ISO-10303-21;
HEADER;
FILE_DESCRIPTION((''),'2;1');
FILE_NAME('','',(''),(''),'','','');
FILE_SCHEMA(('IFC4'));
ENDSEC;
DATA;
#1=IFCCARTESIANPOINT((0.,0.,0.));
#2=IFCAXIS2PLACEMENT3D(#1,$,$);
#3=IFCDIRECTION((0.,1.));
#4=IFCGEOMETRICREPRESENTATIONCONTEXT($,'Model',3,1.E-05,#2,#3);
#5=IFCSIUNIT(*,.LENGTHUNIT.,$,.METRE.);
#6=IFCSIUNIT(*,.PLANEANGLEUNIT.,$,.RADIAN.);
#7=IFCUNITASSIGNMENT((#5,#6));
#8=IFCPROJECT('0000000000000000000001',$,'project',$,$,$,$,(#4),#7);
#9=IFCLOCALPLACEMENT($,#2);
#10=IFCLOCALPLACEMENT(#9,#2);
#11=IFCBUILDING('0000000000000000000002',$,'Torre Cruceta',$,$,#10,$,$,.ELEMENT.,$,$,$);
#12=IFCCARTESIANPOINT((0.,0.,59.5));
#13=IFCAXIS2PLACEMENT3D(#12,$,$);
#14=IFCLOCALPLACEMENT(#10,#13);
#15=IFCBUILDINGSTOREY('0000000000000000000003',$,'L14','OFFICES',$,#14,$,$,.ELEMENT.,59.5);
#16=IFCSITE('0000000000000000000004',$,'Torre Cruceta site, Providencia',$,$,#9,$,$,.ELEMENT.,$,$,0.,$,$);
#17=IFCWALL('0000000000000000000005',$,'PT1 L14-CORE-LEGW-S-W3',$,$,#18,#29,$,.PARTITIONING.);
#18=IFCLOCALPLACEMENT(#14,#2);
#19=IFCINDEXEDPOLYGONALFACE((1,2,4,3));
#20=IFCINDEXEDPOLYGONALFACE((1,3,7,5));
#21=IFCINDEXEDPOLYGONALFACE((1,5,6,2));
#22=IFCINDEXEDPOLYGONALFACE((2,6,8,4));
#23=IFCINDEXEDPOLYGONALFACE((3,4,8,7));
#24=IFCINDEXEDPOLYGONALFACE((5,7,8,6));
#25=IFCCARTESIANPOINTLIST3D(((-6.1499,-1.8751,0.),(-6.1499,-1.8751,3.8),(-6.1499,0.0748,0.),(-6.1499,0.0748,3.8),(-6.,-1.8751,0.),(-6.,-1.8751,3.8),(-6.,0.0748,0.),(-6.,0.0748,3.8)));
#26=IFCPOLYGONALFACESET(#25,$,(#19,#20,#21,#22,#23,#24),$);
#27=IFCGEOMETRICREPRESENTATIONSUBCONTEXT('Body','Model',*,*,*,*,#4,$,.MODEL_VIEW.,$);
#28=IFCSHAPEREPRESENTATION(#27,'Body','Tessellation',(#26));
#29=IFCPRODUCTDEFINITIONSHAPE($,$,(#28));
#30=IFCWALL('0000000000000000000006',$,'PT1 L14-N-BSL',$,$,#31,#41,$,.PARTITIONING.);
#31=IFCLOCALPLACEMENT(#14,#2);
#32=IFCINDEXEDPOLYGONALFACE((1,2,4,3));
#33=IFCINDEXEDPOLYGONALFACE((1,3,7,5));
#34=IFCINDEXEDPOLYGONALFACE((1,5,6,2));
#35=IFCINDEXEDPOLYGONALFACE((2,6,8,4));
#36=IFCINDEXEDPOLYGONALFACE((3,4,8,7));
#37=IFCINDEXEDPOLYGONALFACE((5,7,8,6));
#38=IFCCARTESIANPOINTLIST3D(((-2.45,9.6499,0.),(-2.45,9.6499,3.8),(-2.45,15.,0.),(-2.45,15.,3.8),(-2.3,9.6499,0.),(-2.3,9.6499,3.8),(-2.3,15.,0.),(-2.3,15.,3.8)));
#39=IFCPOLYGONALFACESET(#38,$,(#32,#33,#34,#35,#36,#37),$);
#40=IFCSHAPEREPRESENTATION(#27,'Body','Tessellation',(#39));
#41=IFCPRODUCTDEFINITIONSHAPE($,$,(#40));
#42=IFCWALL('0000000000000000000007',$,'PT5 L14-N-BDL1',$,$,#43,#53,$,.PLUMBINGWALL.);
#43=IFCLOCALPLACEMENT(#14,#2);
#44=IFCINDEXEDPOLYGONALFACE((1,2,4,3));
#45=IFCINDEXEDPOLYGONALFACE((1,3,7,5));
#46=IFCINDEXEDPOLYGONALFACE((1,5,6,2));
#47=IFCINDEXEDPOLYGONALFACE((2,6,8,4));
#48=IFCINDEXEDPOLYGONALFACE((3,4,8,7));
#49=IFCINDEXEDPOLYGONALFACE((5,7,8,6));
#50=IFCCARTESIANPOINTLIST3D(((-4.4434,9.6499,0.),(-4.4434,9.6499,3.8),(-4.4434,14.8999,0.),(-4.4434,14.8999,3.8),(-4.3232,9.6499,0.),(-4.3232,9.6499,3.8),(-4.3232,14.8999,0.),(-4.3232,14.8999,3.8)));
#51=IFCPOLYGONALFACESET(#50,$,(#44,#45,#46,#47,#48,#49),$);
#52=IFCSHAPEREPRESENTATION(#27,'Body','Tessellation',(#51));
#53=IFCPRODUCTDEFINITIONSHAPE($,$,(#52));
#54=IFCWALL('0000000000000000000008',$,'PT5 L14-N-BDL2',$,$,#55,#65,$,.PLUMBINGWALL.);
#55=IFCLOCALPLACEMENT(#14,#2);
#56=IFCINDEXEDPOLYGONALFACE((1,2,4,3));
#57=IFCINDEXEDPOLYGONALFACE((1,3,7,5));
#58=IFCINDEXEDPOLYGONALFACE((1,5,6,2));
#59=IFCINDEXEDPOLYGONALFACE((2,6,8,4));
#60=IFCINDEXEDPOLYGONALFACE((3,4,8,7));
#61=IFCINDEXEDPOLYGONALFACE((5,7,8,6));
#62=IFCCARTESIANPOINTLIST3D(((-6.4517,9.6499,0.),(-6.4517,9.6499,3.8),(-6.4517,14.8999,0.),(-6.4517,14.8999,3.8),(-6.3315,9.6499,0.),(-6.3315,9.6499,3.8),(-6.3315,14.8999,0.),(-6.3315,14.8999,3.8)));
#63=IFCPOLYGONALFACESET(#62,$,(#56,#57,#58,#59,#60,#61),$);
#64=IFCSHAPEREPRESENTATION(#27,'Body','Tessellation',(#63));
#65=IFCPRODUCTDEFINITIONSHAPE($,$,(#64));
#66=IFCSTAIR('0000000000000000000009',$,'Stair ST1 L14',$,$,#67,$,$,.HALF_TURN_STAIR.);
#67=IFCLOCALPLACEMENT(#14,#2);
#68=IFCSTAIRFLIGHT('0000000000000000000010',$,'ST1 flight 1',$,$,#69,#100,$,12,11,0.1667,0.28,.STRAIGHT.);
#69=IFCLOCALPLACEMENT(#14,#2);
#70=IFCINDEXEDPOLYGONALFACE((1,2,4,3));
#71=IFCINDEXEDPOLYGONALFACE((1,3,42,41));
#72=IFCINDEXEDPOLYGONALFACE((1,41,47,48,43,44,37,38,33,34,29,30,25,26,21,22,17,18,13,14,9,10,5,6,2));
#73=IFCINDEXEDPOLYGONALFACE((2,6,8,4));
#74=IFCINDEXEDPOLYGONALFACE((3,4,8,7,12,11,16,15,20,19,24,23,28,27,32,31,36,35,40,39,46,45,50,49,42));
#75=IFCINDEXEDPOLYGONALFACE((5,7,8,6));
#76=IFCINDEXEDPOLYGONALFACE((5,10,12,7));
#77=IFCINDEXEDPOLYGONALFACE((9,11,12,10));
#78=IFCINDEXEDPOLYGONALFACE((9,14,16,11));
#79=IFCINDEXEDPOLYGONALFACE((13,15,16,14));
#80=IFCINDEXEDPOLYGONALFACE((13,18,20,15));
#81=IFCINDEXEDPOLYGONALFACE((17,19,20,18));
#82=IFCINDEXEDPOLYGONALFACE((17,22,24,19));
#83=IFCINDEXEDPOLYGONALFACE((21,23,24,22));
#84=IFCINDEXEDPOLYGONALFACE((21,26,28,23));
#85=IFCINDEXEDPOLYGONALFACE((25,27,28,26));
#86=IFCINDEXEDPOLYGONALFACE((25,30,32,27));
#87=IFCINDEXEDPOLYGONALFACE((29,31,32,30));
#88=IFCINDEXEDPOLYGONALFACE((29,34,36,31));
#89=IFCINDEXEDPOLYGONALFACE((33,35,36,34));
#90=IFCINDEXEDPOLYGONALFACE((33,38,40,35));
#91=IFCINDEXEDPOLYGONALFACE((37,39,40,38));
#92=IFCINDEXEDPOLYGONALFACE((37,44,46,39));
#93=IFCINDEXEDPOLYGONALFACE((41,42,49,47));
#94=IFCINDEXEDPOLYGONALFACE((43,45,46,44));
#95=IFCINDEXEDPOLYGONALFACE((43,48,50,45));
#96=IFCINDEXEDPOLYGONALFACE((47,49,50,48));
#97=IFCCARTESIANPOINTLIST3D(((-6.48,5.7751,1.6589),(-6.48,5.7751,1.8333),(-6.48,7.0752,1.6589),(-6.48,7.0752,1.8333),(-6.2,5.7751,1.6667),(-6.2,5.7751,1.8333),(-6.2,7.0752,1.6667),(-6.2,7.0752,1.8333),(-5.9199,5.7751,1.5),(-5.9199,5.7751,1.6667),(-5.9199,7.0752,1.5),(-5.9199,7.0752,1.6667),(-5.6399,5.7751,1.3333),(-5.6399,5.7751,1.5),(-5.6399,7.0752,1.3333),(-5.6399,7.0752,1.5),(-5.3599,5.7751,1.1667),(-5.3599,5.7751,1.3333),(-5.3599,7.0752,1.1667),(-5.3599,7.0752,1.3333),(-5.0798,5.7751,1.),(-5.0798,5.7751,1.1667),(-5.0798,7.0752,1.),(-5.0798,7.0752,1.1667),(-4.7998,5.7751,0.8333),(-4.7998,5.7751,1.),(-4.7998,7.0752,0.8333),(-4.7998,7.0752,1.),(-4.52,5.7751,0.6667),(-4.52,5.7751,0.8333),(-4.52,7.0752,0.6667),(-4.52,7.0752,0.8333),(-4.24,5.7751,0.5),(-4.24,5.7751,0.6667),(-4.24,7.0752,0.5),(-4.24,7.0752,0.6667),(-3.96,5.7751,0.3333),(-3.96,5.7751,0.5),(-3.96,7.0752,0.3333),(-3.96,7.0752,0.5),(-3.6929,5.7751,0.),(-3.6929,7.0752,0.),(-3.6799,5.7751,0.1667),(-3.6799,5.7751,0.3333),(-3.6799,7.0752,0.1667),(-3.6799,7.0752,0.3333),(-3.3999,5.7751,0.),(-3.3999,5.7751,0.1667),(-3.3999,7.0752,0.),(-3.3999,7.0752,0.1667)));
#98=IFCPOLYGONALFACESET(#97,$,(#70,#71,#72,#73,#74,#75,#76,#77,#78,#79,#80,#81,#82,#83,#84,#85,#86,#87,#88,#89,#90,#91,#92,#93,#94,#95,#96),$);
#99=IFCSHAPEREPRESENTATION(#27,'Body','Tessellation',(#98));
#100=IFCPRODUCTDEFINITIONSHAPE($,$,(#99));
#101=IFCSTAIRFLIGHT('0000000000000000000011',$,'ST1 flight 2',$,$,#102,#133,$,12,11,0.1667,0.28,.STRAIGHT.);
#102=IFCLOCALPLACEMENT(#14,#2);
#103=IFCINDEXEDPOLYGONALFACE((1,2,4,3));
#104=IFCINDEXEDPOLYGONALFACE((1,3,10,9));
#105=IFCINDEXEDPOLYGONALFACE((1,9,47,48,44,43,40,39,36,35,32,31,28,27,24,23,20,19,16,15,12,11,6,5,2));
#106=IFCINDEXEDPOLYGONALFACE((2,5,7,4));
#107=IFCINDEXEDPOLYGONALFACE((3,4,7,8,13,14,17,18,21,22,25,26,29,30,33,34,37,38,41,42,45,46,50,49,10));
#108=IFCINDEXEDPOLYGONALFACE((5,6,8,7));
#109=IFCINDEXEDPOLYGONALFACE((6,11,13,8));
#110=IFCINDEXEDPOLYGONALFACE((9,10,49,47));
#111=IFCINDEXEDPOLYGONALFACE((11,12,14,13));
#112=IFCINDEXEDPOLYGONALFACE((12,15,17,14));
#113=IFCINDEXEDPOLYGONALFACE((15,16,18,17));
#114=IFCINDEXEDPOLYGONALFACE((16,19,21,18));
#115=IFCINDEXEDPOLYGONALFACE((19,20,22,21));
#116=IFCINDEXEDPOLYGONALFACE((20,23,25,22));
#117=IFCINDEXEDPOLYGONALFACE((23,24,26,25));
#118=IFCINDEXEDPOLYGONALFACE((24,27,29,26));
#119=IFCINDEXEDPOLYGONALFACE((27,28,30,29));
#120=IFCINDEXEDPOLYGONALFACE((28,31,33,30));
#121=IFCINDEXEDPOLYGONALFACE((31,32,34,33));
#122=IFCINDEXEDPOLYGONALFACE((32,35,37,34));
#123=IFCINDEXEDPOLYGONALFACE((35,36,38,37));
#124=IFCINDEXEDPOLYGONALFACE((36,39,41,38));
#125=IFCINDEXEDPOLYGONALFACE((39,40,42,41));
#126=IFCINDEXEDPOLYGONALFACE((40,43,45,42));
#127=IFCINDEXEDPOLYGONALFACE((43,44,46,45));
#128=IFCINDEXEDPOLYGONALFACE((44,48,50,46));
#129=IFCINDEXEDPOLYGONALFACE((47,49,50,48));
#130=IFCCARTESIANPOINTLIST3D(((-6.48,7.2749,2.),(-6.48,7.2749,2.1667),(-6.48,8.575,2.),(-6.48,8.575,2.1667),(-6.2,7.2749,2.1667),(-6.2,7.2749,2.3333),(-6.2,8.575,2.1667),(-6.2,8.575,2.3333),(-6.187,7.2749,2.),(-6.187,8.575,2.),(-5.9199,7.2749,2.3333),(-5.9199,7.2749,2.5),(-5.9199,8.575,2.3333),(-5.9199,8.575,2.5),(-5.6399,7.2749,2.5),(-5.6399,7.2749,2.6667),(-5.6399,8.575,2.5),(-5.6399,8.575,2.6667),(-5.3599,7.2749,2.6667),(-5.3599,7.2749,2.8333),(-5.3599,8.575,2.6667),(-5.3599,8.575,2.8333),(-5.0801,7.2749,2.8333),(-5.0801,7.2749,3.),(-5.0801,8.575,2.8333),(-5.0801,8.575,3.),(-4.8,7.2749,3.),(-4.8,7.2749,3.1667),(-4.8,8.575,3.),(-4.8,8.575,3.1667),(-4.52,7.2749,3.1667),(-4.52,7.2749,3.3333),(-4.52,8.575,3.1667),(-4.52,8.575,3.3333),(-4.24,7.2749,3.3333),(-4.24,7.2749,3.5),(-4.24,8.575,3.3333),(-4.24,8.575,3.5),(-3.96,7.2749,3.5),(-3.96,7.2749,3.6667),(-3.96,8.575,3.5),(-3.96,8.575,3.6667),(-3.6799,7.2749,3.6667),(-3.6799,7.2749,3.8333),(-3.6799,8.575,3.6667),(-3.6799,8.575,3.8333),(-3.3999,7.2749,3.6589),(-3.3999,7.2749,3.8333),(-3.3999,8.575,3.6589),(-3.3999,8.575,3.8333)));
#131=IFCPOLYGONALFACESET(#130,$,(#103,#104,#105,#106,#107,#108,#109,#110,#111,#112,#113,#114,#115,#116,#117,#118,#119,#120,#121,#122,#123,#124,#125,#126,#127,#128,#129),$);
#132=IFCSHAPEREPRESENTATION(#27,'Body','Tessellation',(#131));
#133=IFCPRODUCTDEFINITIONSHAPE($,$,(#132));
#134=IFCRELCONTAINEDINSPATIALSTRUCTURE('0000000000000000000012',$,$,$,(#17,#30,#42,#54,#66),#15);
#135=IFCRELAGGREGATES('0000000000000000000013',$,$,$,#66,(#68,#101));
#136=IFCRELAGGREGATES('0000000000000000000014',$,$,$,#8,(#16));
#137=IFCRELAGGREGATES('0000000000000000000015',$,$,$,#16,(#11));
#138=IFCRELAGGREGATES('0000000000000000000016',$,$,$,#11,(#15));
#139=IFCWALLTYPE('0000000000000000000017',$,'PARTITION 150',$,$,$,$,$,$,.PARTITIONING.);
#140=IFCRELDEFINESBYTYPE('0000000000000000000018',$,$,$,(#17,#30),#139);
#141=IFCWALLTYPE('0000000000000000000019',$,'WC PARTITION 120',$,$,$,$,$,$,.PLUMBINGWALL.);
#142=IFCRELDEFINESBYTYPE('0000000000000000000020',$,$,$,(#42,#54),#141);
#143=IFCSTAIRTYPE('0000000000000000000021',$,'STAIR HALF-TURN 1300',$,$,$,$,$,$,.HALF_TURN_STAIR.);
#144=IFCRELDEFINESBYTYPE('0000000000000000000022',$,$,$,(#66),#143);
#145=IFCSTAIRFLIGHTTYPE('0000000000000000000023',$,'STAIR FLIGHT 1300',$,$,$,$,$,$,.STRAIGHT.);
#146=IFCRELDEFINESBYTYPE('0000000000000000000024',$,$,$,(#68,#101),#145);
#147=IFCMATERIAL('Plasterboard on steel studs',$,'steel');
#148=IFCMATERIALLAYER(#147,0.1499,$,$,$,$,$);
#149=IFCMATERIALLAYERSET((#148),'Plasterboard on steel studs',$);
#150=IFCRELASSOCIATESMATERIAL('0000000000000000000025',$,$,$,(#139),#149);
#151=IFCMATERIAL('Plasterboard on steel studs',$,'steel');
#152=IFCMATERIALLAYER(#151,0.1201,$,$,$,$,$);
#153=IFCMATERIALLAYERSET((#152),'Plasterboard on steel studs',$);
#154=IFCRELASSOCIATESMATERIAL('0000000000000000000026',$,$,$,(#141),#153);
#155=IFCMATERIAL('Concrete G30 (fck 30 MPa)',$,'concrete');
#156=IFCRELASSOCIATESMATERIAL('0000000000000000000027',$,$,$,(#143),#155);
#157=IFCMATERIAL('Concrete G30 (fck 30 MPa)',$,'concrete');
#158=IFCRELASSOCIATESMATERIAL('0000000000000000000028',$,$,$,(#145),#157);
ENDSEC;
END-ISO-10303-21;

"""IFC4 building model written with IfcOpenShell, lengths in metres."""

from ifc_helpers import new_model, si_unit, direction, frame, frame_2d, origin, place, context, subcontext, project, spatial, polyline, rectangle, outline, extrude, material, layer, layer_set, type_object, element, aggregate, save


model = new_model("IFC4")

# Units and contexts
model_context = context("Model", 3, precision=1e-05, world=origin(), true_north=direction((0.0, 1.0)))
body_context = subcontext(model_context, "Body", "Model", "MODEL_VIEW")
ifc_project = project(units=[si_unit("LENGTHUNIT", "METRE"), si_unit("PLANEANGLEUNIT", "RADIAN")], contexts=[model_context])

# Site, building, storey
site_placement = place(None, origin())
site = spatial("IfcSite", under=ifc_project, at=site_placement, Name="Torre Cruceta site, Providencia", CompositionType="ELEMENT", RefElevation=0.0)
building_placement = place(site_placement, origin())
building = spatial("IfcBuilding", under=site, at=building_placement, Name="Torre Cruceta", CompositionType="ELEMENT")
storey_placement = place(building_placement, frame((0.0, 0.0, 59.5)))
storey = spatial("IfcBuildingStorey", under=building, at=storey_placement, Name="L14", Description="OFFICES", CompositionType="ELEMENT", Elevation=59.5)

# Walls
ifc_material_1 = material(Name="Plasterboard on steel studs", Category="steel")
ifc_layer_1 = layer(ifc_material_1, 0.1499)
ifc_layer_set_1 = layer_set([ifc_layer_1], Name="Plasterboard on steel studs")
wall_type_1 = type_object("IfcWallType", Name="PARTITION 150", PredefinedType="PARTITIONING", material=ifc_layer_set_1)
wall_1_placement = place(storey_placement, frame((-6.075, 0.075, 0.0), z_axis=(0.0, 0.0, 1.0), x_axis=(0.0, -1.0, 0.0)))
element("IfcWall", 1, at=wall_1_placement, inside=storey, type_object=wall_type_1, Name="PT1 L14-CORE-LEGW-S-W3", PredefinedType="PARTITIONING", context=body_context, shape_type="SweptSolid", body=[
    extrude(rectangle(XDim=1.95, YDim=0.1499, at=frame_2d((0.9751, 0.0))), origin(), (0.0, 0.0, 1.0), 3.8),
])
wall_2_placement = place(storey_placement, frame((-2.375, 9.6499, 0.0), z_axis=(0.0, 0.0, 1.0), x_axis=(0.0, 1.0, 0.0)))
element("IfcWall", 2, at=wall_2_placement, inside=storey, type_object=wall_type_1, Name="PT1 L14-N-BSL", PredefinedType="PARTITIONING", context=body_context, shape_type="SweptSolid", body=[
    extrude(rectangle(XDim=5.3501, YDim=0.1499, at=frame_2d((2.675, 0.0))), origin(), (0.0, 0.0, 1.0), 3.8),
])
ifc_material_2 = material(Name="Plasterboard on steel studs", Category="steel")
ifc_layer_2 = layer(ifc_material_2, 0.1201)
ifc_layer_set_2 = layer_set([ifc_layer_2], Name="Plasterboard on steel studs")
wall_type_2 = type_object("IfcWallType", Name="WC PARTITION 120", PredefinedType="PLUMBINGWALL", material=ifc_layer_set_2)
for number, where, z_axis, x_axis, name in (
    (3, (-4.3833, 9.6499, 0.0), (0.0, 0.0, 1.0), (0.0, 1.0, 0.0), "PT5 L14-N-BDL1"),
    (4, (-6.3916, 9.6499, 0.0), (0.0, 0.0, 1.0), (0.0, 1.0, 0.0), "PT5 L14-N-BDL2"),
):
    element("IfcWall", number, at=place(storey_placement, frame(where, z_axis=z_axis, x_axis=x_axis)), inside=storey, type_object=wall_type_2, Name=name, PredefinedType="PLUMBINGWALL", context=body_context, shape_type="SweptSolid", body=[
        extrude(rectangle(XDim=5.25, YDim=0.1201, at=frame_2d((2.625, 0.0))), origin(), (0.0, 0.0, 1.0), 3.8),
    ])

# Stair, stair flights
ifc_material_3 = material(Name="Concrete G30 (fck 30 MPa)", Category="concrete")
stair_type = type_object("IfcStairType", Name="STAIR HALF-TURN 1300", PredefinedType="HALF_TURN_STAIR", material=ifc_material_3)
stair_placement = place(storey_placement, origin())
stair = element("IfcStair", 5, at=stair_placement, inside=storey, type_object=stair_type, Name="Stair ST1 L14", PredefinedType="HALF_TURN_STAIR")
ifc_material_4 = material(Name="Concrete G30 (fck 30 MPa)", Category="concrete")
stair_flight_type = type_object("IfcStairFlightType", Name="STAIR FLIGHT 1300", PredefinedType="STRAIGHT", material=ifc_material_4)
stair_flight_1_placement = place(storey_placement, frame((-3.3999, 6.425, 0.0), z_axis=(0.0, 0.0, 1.0), x_axis=(-1.0, 0.0, 0.0)))
stair_flight_1 = element("IfcStairFlight", 6, at=stair_flight_1_placement, type_object=stair_flight_type, Name="ST1 flight 1", NumberOfRisers=12, NumberOfTreads=11, PredefinedType="STRAIGHT", RiserHeight=0.1667, TreadLength=0.28, context=body_context, shape_type="SweptSolid", body=[
    extrude(outline(polyline([(0.0, 0.0), (0.0, 0.1667), (0.28, 0.1667), (0.28, 0.3333), (0.5601, 0.3333), (0.5601, 0.5), (0.8401, 0.5), (0.8401, 0.6667), (1.1201, 0.6667), (1.1201, 0.8333), (1.3999, 0.8333), (1.3999, 1.0), (1.6799, 1.0), (1.6799, 1.1667), (1.96, 1.1667), (1.96, 1.3333), (2.24, 1.3333), (2.24, 1.5), (2.52, 1.5), (2.52, 1.6667), (2.8, 1.6667), (2.8, 1.8333), (3.0801, 1.8333), (3.0801, 2.0), (3.0801, 1.6589), (0.293, 0.0), (0.0, 0.0)])), frame((0.0, 0.6499, 0.0), z_axis=(0.0, -1.0, 0.0), x_axis=(1.0, 0.0, 0.0)), (0.0, 0.0, 1.0), 1.3),
])
stair_flight_2_placement = place(storey_placement, frame((-6.48, 7.925, 2.0), z_axis=(0.0, 0.0, 1.0), x_axis=(1.0, 0.0, 0.0)))
stair_flight_2 = element("IfcStairFlight", 7, at=stair_flight_2_placement, type_object=stair_flight_type, Name="ST1 flight 2", NumberOfRisers=12, NumberOfTreads=11, PredefinedType="STRAIGHT", RiserHeight=0.1667, TreadLength=0.28, context=body_context, shape_type="SweptSolid", body=[
    extrude(outline(polyline([(0.0, 0.0), (0.0, 0.1667), (0.28, 0.1667), (0.28, 0.3333), (0.5601, 0.3333), (0.5601, 0.5), (0.8401, 0.5), (0.8401, 0.6667), (1.1201, 0.6667), (1.1201, 0.8333), (1.3999, 0.8333), (1.3999, 1.0), (1.6799, 1.0), (1.6799, 1.1667), (1.96, 1.1667), (1.96, 1.3333), (2.24, 1.3333), (2.24, 1.5), (2.52, 1.5), (2.52, 1.6667), (2.8, 1.6667), (2.8, 1.8333), (3.0801, 1.8333), (3.0801, 2.0), (3.0801, 1.6589), (0.293, 0.0), (0.0, 0.0)])), frame((0.0, 0.6499, 0.0), z_axis=(0.0, -1.0, 0.0), x_axis=(1.0, 0.0, 0.0)), (0.0, 0.0, 1.0), 1.3),
])
aggregate(stair, [stair_flight_1, stair_flight_2])

save(model, "model.ifc")
